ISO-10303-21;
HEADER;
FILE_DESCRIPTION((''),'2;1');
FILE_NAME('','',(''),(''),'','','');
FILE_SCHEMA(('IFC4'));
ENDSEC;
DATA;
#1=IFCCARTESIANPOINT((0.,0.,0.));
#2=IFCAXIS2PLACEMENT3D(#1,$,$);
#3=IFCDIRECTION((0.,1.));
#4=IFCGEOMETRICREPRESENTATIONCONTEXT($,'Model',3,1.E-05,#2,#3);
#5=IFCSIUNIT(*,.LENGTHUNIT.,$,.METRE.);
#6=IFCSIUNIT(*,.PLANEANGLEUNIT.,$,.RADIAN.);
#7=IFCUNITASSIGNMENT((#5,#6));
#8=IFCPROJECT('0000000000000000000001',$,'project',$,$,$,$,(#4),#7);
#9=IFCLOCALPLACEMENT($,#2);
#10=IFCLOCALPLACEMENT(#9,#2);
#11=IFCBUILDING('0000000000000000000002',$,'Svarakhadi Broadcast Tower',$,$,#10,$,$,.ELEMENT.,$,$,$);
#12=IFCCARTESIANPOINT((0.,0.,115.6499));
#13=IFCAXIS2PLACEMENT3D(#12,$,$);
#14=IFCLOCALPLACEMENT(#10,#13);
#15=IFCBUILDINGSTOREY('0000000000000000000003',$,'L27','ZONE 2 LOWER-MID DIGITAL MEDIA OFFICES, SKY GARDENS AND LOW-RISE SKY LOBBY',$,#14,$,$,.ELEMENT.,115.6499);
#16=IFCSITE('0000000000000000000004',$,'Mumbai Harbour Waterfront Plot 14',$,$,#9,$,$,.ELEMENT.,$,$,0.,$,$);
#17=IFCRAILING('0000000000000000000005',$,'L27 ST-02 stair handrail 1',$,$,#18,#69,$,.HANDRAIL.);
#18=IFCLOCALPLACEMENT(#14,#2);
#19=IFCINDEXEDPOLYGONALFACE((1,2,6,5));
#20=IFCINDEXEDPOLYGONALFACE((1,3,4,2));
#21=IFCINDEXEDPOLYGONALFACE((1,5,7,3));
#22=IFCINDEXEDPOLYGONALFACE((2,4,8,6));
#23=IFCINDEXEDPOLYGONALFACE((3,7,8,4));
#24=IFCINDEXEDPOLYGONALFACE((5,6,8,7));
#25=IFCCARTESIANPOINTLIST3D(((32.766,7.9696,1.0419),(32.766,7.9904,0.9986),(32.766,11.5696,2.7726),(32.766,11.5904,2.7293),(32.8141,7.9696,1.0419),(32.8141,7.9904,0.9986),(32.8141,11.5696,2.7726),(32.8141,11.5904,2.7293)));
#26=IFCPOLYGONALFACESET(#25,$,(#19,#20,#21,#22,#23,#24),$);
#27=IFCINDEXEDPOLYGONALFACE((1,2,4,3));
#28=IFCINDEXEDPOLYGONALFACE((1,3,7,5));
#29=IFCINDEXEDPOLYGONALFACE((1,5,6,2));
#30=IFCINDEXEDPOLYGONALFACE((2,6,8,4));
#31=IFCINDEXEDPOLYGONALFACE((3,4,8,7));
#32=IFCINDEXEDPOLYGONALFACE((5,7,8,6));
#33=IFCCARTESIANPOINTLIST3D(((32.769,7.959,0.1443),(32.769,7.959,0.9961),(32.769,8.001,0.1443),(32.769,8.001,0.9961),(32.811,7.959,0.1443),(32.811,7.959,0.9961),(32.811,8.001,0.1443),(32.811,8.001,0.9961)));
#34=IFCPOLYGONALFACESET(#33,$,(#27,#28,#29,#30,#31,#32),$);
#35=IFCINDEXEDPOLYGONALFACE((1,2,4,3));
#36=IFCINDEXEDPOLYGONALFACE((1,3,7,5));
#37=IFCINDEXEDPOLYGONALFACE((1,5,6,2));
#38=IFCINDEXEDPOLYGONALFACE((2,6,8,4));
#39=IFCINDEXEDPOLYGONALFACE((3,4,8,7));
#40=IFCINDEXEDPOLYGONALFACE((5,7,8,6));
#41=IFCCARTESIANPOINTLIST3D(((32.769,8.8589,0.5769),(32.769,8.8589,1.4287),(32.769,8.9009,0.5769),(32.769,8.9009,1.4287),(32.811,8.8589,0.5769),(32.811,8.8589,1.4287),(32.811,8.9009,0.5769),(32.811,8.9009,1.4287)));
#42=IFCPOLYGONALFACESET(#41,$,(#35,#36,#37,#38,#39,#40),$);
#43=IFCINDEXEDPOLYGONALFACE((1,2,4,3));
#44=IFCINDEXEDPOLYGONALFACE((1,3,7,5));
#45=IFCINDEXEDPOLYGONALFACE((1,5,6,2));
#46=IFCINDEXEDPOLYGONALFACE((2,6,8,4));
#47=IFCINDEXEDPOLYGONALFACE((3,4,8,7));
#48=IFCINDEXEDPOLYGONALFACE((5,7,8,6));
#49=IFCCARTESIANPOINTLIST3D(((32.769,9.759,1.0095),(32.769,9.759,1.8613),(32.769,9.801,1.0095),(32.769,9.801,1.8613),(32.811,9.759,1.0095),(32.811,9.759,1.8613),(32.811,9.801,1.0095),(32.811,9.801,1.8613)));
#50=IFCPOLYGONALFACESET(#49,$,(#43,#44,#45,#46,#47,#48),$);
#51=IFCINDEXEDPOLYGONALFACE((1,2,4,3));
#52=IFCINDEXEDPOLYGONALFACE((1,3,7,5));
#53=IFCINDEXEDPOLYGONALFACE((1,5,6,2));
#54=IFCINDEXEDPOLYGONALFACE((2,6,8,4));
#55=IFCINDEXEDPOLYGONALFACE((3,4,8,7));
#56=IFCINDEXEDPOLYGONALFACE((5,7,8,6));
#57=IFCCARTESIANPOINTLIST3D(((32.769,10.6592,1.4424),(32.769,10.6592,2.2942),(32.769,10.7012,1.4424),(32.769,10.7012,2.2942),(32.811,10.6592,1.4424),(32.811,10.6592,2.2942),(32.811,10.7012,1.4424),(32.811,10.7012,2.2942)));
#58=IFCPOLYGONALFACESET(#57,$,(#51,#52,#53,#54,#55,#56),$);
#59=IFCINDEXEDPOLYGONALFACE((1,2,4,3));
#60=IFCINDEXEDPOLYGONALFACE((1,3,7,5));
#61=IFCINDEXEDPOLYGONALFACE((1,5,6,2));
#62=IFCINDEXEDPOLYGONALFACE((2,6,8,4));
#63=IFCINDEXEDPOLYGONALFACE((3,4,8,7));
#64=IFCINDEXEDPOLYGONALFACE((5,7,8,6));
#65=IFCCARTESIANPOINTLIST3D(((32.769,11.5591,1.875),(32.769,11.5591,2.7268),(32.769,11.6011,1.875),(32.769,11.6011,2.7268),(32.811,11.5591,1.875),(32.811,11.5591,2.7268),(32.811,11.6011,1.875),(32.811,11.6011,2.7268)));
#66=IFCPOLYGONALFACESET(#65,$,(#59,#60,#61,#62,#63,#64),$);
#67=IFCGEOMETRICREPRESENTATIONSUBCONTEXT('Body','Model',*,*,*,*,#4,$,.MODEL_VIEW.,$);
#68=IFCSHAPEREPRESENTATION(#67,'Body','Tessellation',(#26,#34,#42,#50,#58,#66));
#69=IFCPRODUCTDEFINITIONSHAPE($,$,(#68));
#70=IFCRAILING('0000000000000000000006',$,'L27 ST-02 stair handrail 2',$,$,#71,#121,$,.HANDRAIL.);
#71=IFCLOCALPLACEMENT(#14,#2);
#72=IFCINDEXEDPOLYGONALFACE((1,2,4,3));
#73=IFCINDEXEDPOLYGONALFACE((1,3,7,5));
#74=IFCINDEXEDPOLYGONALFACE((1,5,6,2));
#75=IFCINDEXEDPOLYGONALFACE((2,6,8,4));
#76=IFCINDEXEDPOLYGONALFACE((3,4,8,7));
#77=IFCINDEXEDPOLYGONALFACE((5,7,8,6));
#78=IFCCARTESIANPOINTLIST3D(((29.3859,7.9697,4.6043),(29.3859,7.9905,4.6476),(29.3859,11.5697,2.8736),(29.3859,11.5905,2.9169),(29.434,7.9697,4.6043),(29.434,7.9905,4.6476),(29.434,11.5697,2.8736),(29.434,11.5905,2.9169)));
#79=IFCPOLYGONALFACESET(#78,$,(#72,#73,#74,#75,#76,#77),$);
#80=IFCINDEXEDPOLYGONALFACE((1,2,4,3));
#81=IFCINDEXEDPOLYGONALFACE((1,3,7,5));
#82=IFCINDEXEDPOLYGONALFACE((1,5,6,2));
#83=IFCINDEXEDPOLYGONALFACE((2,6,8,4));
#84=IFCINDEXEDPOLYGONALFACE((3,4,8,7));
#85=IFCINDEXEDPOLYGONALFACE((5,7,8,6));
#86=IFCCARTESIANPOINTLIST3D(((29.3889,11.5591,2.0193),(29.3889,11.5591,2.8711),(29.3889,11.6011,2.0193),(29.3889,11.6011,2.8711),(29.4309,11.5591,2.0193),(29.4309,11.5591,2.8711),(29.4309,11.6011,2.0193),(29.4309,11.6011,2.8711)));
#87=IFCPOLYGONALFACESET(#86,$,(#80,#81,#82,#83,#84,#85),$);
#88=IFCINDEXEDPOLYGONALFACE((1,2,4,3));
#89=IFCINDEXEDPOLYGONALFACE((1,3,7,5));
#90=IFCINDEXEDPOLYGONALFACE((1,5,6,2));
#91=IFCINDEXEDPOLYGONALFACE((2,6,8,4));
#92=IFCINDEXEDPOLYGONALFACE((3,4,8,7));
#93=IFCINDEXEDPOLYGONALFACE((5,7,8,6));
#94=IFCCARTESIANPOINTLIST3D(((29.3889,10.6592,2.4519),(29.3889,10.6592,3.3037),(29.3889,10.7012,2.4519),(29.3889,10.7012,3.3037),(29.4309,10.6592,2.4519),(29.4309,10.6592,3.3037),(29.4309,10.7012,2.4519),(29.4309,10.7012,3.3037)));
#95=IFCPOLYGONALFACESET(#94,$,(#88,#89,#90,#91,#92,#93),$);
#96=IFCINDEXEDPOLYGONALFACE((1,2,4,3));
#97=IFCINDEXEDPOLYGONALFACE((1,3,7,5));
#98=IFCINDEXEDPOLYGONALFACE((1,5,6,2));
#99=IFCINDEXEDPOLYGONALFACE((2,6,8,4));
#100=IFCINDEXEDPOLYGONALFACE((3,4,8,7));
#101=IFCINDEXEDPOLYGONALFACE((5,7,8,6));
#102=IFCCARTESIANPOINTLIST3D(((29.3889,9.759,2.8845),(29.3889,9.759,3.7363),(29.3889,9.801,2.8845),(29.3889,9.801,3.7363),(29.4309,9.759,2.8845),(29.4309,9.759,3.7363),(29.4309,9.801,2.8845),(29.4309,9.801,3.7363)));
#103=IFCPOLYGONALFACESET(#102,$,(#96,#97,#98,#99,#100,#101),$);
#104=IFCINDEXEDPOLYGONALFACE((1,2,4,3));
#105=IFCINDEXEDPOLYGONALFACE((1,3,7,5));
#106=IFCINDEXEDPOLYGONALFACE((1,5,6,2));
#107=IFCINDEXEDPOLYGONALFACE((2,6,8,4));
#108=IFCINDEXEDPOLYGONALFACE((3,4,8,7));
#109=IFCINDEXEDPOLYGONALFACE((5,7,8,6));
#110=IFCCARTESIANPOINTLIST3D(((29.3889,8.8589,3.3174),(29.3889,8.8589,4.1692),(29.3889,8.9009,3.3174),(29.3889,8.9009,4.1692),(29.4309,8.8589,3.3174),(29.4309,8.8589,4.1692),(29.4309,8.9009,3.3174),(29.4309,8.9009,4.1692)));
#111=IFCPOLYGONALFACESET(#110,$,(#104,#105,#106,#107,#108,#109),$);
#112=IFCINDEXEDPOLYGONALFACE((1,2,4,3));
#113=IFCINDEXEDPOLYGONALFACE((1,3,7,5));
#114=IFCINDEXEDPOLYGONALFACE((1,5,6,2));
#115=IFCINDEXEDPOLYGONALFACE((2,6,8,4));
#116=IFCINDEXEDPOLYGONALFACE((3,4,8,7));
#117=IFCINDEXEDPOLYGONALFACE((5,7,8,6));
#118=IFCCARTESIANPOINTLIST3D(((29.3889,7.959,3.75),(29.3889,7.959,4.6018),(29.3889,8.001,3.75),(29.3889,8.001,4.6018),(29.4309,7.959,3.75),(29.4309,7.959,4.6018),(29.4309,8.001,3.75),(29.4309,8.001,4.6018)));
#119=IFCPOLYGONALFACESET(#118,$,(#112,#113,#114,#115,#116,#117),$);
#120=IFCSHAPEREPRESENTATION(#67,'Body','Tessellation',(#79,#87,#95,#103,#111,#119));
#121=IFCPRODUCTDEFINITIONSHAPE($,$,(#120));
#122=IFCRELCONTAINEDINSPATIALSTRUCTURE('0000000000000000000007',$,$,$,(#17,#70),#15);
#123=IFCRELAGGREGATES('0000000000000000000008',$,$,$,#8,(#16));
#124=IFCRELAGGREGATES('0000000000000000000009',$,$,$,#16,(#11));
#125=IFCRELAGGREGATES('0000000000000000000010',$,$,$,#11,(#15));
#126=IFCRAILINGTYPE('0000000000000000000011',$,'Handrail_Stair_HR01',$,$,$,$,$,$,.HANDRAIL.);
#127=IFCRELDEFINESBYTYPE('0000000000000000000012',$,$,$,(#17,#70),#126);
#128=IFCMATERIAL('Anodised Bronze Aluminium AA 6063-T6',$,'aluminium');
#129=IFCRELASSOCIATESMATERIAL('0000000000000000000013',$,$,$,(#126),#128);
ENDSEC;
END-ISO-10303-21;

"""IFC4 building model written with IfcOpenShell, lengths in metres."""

from ifc_helpers import new_model, si_unit, direction, frame, origin, origin_2d, place, context, subcontext, project, spatial, rectangle, extrude, material, type_object, element, save


model = new_model("IFC4")

# Units and contexts
model_context = context("Model", 3, precision=1e-05, world=origin(), true_north=direction((0.0, 1.0)))
body_context = subcontext(model_context, "Body", "Model", "MODEL_VIEW")
ifc_project = project(units=[si_unit("LENGTHUNIT", "METRE"), si_unit("PLANEANGLEUNIT", "RADIAN")], contexts=[model_context])

# Site, building, storey
site_placement = place(None, origin())
site = spatial("IfcSite", under=ifc_project, at=site_placement, Name="Mumbai Harbour Waterfront Plot 14", CompositionType="ELEMENT", RefElevation=0.0)
building_placement = place(site_placement, origin())
building = spatial("IfcBuilding", under=site, at=building_placement, Name="Svarakhadi Broadcast Tower", CompositionType="ELEMENT")
storey_placement = place(building_placement, frame((0.0, 0.0, 115.6499)))
storey = spatial("IfcBuildingStorey", under=building, at=storey_placement, Name="L27", Description="ZONE 2 LOWER-MID DIGITAL MEDIA OFFICES, SKY GARDENS AND LOW-RISE SKY LOBBY", CompositionType="ELEMENT", Elevation=115.6499)

# Shared definitions
ifc_material_1 = material(Name="Anodised Bronze Aluminium AA 6063-T6", Category="aluminium")

# Railings
railing_type_1 = type_object("IfcRailingType", Name="Handrail_Stair_HR01", PredefinedType="HANDRAIL", material=ifc_material_1)
railing_1_placement = place(storey_placement, frame((32.79, 7.98, 0.1443)))
element("IfcRailing", 1, at=railing_1_placement, inside=storey, type_object=railing_type_1, Name="L27 ST-02 stair handrail 1", PredefinedType="HANDRAIL", context=body_context, shape_type="SweptSolid", body=[
    extrude(rectangle(XDim=0.0481, YDim=0.0481, at=origin_2d()), frame((0.0, 0.0, 0.876), z_axis=(0.0, 0.901263, 0.433273), x_axis=(-1.0, 0.0, 0.0)), (0.0, 0.0, 1.0), 3.9944),
    extrude(rectangle(XDim=0.042, YDim=0.042, at=origin_2d()), origin(), (0.0, 0.0, 1.0), 0.8518),
    extrude(rectangle(XDim=0.042, YDim=0.042, at=origin_2d()), frame((0.0, 0.8999, 0.4326)), (0.0, 0.0, 1.0), 0.8518),
    extrude(rectangle(XDim=0.042, YDim=0.042, at=origin_2d()), frame((0.0, 1.8, 0.8652)), (0.0, 0.0, 1.0), 0.8518),
    extrude(rectangle(XDim=0.042, YDim=0.042, at=origin_2d()), frame((0.0, 2.7002, 1.2981)), (0.0, 0.0, 1.0), 0.8518),
    extrude(rectangle(XDim=0.042, YDim=0.042, at=origin_2d()), frame((0.0, 3.6001, 1.7307)), (0.0, 0.0, 1.0), 0.8518),
])
railing_2_placement = place(storey_placement, frame((29.4099, 11.5801, 2.0193)))
element("IfcRailing", 2, at=railing_2_placement, inside=storey, type_object=railing_type_1, Name="L27 ST-02 stair handrail 2", PredefinedType="HANDRAIL", context=body_context, shape_type="SweptSolid", body=[
    extrude(rectangle(XDim=0.0481, YDim=0.0481, at=origin_2d()), frame((0.0, 0.0, 0.876), z_axis=(0.0, -0.901263, 0.433273), x_axis=(1.0, 0.0, 0.0)), (0.0, 0.0, 1.0), 3.9944),
    extrude(rectangle(XDim=0.042, YDim=0.042, at=origin_2d()), origin(), (0.0, 0.0, 1.0), 0.8518),
    extrude(rectangle(XDim=0.042, YDim=0.042, at=origin_2d()), frame((0.0, -0.8999, 0.4326)), (0.0, 0.0, 1.0), 0.8518),
    extrude(rectangle(XDim=0.042, YDim=0.042, at=origin_2d()), frame((0.0, -1.8, 0.8652)), (0.0, 0.0, 1.0), 0.8518),
    extrude(rectangle(XDim=0.042, YDim=0.042, at=origin_2d()), frame((0.0, -2.7002, 1.2981)), (0.0, 0.0, 1.0), 0.8518),
    extrude(rectangle(XDim=0.042, YDim=0.042, at=origin_2d()), frame((0.0, -3.6001, 1.7307)), (0.0, 0.0, 1.0), 0.8518),
])

save(model, "model.ifc")
